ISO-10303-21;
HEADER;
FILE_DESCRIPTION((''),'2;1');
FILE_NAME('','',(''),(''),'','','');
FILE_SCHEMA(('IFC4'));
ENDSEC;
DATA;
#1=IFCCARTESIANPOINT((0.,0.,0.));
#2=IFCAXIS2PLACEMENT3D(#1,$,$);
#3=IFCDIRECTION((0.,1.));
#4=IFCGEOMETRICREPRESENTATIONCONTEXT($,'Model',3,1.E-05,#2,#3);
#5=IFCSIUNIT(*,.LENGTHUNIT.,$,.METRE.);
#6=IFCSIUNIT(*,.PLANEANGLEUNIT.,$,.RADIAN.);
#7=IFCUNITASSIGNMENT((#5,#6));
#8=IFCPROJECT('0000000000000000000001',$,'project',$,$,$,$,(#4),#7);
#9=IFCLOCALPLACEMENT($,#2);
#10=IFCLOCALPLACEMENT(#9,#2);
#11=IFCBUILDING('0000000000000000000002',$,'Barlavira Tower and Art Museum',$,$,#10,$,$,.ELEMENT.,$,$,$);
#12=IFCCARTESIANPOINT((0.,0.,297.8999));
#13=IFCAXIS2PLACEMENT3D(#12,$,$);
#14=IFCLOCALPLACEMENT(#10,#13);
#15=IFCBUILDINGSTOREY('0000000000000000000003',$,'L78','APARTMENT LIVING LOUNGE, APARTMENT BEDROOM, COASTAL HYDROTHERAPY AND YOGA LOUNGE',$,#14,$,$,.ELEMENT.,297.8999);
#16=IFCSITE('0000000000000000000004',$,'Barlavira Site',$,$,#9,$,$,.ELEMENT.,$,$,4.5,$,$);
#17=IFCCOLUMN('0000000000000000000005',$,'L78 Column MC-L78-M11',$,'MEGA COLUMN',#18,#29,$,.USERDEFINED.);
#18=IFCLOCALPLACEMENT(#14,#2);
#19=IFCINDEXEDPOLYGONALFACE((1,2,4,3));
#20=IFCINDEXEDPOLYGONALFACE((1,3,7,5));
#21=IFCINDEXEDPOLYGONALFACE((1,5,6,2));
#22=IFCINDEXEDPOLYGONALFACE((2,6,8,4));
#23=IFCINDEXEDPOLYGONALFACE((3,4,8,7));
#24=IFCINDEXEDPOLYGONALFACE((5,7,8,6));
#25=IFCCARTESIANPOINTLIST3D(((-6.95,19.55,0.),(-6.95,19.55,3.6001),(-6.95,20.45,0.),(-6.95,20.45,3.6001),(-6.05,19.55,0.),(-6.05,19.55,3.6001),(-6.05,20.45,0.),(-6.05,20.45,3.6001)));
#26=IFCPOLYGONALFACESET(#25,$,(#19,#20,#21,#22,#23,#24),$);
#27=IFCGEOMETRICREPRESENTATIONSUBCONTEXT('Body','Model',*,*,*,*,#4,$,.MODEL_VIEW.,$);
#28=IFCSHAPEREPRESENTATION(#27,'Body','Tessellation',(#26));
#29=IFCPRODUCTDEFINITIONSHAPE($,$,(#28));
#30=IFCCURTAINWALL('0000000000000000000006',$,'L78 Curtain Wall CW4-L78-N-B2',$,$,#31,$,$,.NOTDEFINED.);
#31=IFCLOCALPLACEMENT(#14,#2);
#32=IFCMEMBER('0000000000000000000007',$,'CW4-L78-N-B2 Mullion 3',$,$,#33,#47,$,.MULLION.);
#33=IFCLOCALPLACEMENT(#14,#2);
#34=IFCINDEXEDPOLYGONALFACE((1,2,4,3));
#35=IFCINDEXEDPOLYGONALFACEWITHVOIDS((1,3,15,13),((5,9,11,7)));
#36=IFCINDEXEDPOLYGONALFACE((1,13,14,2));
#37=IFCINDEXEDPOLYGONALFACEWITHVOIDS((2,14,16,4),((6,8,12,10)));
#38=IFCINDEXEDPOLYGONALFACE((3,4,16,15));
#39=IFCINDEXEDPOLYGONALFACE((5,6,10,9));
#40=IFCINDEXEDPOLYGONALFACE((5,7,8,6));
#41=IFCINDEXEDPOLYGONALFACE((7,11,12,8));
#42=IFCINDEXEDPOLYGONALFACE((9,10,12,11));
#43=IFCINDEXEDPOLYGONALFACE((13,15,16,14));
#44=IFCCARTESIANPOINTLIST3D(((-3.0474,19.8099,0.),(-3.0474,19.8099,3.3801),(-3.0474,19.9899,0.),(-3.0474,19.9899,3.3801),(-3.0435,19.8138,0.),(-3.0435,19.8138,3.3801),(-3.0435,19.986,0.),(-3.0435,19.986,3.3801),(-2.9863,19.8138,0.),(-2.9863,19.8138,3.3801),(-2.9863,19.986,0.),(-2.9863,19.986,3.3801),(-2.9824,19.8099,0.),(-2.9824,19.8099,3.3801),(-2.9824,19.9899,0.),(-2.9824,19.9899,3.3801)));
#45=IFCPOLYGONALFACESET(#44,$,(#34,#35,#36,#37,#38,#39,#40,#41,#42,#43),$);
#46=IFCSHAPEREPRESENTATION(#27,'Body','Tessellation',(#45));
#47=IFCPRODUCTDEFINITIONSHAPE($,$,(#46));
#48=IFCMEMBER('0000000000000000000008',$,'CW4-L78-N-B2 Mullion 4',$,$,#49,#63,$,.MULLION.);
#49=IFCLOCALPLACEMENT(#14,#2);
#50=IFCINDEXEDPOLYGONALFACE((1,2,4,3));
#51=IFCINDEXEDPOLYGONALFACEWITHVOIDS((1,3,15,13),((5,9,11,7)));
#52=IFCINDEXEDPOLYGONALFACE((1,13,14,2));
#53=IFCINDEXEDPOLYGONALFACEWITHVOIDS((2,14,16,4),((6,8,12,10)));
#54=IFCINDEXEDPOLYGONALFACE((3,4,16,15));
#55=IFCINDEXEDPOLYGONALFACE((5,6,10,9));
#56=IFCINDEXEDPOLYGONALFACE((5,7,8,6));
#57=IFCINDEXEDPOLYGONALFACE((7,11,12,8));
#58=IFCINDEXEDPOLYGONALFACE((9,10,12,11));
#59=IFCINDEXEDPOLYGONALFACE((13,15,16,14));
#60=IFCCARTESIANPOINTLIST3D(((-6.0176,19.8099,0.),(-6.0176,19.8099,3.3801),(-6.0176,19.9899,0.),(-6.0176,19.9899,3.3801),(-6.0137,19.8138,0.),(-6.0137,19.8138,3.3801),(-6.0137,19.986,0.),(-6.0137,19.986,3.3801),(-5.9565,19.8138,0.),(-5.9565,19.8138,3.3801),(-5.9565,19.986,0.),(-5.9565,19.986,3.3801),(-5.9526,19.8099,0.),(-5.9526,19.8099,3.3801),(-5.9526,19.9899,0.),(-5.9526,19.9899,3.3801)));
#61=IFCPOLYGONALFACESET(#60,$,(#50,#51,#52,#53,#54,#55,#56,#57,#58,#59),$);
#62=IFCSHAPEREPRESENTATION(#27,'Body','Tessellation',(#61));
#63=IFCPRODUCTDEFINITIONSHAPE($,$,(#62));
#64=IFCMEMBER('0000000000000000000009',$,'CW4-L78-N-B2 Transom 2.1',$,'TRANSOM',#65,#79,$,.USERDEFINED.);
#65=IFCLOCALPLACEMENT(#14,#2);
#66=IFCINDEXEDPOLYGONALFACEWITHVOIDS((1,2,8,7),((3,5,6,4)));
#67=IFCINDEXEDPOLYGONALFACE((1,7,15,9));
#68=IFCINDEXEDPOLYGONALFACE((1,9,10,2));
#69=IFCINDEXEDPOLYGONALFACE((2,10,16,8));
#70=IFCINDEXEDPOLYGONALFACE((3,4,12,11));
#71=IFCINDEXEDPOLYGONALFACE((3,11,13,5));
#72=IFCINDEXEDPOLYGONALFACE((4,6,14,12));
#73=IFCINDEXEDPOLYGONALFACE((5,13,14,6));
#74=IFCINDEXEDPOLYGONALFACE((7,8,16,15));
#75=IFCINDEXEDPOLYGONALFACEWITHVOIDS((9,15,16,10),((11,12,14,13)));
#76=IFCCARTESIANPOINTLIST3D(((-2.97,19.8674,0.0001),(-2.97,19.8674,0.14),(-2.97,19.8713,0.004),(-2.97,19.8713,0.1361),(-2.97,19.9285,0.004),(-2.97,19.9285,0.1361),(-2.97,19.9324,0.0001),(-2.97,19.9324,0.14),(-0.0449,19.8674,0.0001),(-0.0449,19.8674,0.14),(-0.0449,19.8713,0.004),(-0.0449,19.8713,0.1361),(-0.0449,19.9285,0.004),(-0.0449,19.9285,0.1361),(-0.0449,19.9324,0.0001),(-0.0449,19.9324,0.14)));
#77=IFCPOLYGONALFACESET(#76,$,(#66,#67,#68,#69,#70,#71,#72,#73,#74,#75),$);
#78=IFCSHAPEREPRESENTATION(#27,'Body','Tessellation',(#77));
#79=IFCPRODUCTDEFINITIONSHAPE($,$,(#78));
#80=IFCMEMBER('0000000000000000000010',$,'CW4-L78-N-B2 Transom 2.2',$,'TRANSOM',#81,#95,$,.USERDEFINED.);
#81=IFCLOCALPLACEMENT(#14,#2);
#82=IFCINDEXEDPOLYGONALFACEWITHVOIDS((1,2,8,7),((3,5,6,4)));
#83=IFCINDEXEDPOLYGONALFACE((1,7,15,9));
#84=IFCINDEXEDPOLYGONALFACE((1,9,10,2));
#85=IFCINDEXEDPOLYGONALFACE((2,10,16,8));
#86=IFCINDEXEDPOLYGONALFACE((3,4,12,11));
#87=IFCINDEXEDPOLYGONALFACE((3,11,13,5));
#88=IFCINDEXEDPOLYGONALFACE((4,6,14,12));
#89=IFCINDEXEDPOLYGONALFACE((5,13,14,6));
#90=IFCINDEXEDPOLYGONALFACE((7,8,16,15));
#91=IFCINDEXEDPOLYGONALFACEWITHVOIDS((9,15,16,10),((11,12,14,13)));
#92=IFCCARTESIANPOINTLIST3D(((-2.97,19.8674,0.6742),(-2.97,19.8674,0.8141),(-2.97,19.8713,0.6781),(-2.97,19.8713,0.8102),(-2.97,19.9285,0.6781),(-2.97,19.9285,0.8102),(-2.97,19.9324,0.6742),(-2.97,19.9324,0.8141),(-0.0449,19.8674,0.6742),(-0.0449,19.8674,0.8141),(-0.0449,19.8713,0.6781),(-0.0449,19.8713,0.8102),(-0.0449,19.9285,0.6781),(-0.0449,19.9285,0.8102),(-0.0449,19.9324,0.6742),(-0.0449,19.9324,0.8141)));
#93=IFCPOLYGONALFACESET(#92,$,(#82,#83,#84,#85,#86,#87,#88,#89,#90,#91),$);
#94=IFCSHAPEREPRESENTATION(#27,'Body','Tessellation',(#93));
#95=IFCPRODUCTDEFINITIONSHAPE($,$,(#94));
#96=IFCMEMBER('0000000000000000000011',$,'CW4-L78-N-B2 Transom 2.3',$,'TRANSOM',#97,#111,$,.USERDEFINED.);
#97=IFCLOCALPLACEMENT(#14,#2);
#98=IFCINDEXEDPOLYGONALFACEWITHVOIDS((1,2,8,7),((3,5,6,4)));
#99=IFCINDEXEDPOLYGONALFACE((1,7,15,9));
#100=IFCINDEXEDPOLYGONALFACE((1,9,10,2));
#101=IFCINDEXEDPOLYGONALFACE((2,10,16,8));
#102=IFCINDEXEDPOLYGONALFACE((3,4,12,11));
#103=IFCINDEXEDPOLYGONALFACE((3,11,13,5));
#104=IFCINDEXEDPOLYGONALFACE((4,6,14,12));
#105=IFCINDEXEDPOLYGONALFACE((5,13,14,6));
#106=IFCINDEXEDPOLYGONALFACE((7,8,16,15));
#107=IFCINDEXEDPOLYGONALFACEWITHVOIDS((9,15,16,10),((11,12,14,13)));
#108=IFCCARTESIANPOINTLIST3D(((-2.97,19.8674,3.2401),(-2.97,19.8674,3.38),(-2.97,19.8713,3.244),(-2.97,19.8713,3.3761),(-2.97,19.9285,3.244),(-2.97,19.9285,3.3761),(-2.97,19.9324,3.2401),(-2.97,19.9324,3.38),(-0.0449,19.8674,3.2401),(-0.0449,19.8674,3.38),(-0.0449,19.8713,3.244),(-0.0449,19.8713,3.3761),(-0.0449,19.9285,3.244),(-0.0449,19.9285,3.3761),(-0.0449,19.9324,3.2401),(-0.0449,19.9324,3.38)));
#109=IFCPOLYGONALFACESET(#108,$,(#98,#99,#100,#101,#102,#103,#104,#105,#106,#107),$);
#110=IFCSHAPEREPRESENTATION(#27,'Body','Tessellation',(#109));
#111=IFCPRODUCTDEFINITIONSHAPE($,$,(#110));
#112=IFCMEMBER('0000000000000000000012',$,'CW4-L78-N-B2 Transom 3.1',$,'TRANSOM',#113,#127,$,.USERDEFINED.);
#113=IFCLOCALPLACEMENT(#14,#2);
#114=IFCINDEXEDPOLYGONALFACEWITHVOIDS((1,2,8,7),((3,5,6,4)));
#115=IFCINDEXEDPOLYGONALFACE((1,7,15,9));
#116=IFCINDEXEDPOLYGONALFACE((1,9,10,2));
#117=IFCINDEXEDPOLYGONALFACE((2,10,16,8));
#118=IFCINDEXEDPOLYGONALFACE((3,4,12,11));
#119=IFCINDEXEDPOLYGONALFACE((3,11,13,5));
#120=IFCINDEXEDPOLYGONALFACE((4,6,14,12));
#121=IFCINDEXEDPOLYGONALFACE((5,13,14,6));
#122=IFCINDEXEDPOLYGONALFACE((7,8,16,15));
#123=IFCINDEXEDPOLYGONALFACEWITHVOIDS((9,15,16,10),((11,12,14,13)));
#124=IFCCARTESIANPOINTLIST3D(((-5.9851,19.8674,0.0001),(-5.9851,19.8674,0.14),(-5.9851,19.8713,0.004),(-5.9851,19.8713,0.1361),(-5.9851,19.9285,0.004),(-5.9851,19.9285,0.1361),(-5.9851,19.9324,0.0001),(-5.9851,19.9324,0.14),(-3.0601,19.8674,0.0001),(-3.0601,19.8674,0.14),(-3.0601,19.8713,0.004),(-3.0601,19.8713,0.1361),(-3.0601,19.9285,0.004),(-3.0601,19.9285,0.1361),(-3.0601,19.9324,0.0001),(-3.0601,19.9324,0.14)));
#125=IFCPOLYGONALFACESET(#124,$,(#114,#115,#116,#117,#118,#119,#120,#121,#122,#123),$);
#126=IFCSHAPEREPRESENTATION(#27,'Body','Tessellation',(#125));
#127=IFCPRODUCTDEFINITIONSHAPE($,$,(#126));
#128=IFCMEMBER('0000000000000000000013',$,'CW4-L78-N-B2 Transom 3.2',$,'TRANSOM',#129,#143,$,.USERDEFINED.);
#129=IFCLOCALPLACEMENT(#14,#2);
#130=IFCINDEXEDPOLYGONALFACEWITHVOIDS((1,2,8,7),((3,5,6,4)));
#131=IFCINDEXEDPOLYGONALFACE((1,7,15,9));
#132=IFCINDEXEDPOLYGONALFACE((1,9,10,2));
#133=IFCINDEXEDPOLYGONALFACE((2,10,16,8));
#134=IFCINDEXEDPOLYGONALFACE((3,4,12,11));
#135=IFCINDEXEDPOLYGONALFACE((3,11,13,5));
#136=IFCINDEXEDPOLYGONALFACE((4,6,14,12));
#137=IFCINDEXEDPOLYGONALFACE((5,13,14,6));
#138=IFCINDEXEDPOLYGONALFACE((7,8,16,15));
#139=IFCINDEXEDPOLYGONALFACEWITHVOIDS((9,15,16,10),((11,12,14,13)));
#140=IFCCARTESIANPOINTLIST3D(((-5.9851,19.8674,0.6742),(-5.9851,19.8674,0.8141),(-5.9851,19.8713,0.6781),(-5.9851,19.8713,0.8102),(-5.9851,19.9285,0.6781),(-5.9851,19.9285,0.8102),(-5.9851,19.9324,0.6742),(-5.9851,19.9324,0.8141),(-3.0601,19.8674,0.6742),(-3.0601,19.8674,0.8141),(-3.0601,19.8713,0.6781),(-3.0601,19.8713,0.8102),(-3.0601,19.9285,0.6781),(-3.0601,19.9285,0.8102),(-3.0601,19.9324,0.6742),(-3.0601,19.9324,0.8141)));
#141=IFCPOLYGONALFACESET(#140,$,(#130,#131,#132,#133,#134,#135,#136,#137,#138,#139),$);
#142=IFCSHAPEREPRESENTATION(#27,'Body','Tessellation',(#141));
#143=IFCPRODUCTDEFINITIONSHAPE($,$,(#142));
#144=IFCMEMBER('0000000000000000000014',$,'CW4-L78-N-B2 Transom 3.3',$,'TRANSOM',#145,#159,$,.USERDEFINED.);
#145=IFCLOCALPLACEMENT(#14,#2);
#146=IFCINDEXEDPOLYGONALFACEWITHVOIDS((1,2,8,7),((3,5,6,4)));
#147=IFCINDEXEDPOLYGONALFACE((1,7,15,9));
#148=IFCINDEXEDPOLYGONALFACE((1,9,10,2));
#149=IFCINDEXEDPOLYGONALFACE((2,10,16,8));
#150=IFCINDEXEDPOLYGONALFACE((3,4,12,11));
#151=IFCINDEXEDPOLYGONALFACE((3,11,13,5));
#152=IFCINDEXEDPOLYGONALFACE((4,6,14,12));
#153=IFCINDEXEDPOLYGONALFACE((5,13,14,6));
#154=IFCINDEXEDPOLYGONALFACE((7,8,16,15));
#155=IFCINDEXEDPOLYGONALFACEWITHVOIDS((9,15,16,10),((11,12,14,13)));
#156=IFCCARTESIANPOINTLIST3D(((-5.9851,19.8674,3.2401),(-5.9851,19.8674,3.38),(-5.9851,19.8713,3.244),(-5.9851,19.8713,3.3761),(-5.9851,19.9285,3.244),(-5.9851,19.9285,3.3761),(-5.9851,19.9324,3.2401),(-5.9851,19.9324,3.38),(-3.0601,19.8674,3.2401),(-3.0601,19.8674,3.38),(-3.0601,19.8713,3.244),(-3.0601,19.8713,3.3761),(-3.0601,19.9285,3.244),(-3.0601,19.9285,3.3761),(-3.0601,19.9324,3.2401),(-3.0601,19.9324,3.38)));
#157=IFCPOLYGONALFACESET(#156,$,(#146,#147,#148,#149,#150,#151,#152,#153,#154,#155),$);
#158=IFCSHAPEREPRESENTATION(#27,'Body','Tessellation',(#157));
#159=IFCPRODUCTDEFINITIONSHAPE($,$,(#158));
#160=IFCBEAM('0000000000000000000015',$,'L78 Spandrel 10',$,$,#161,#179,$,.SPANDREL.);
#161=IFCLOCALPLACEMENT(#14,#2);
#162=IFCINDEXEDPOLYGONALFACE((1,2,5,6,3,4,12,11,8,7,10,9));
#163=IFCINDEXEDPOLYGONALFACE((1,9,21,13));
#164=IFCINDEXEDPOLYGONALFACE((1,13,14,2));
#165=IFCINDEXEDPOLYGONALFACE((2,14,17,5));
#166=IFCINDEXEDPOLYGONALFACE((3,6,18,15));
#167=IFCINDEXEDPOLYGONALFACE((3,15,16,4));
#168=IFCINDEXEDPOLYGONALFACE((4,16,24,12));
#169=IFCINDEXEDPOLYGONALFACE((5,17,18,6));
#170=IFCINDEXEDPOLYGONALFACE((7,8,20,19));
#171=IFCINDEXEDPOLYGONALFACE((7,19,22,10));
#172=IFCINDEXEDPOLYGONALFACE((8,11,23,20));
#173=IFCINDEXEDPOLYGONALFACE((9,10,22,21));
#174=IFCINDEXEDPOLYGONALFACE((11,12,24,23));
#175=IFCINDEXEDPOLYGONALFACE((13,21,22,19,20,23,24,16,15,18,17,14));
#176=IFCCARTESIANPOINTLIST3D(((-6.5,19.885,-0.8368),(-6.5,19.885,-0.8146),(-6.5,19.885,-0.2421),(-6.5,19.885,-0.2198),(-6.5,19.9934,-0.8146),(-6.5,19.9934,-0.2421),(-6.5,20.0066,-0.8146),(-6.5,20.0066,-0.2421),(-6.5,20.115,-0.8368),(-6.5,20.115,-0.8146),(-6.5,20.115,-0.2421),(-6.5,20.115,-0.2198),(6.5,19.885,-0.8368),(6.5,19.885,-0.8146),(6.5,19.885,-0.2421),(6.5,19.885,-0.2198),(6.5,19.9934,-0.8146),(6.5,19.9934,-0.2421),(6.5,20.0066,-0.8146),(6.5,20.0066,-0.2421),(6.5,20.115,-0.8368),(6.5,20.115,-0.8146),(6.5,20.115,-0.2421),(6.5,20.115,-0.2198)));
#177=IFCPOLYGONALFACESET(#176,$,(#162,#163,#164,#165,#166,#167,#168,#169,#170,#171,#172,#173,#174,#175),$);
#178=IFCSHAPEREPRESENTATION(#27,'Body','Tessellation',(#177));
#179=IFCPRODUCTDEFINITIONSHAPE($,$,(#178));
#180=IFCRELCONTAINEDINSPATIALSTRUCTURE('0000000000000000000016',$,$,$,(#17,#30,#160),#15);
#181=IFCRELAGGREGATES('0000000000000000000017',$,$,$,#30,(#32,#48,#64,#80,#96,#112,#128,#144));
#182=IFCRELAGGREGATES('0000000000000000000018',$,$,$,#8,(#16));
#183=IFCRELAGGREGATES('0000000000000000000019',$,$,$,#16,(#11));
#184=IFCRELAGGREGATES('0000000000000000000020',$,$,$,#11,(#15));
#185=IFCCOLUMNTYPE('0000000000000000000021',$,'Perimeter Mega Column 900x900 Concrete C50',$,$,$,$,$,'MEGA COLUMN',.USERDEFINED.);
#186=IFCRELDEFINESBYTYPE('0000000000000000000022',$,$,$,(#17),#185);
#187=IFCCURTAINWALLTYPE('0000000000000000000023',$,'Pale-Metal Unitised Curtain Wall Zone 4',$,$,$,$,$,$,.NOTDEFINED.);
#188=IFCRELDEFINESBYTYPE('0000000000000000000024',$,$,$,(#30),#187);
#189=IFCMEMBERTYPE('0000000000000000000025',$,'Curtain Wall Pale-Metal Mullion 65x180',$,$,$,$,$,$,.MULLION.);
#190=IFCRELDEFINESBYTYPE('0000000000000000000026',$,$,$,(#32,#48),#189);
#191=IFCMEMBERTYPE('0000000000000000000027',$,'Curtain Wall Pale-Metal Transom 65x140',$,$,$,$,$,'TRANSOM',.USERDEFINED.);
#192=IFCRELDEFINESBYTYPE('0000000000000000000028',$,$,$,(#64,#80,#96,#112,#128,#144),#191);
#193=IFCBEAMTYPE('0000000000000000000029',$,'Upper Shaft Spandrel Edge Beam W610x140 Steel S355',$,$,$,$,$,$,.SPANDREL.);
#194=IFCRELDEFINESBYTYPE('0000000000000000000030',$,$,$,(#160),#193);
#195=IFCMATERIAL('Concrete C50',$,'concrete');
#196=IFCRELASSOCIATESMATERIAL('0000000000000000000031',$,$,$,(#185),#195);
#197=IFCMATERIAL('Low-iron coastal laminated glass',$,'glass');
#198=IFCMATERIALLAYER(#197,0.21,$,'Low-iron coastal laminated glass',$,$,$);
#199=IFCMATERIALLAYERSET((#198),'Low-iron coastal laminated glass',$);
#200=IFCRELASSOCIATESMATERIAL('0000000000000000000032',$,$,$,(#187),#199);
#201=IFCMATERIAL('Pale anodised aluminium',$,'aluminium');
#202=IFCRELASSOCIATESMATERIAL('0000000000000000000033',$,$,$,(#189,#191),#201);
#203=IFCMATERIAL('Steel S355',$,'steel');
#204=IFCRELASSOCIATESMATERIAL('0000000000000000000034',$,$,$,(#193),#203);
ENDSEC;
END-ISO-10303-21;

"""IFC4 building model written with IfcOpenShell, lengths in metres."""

from ifc_helpers import new_model, si_unit, direction, frame, origin, origin_2d, place, context, subcontext, project, spatial, rectangle, hollow_rectangle, i_section, extrude, material, layer, layer_set, material_profile, profile_set, type_object, element, aggregate, save


model = new_model("IFC4")

# Units and contexts
model_context = context("Model", 3, precision=1e-05, world=origin(), true_north=direction((0.0, 1.0)))
body_context = subcontext(model_context, "Body", "Model", "MODEL_VIEW")
ifc_project = project(units=[si_unit("LENGTHUNIT", "METRE"), si_unit("PLANEANGLEUNIT", "RADIAN")], contexts=[model_context])

# Site, building, storey
site_placement = place(None, origin())
site = spatial("IfcSite", under=ifc_project, at=site_placement, Name="Barlavira Site", CompositionType="ELEMENT", RefElevation=4.5)
building_placement = place(site_placement, origin())
building = spatial("IfcBuilding", under=site, at=building_placement, Name="Barlavira Tower and Art Museum", CompositionType="ELEMENT")
storey_placement = place(building_placement, frame((0.0, 0.0, 297.8999)))
storey = spatial("IfcBuildingStorey", under=building, at=storey_placement, Name="L78", Description="APARTMENT LIVING LOUNGE, APARTMENT BEDROOM, COASTAL HYDROTHERAPY AND YOGA LOUNGE", CompositionType="ELEMENT", Elevation=297.8999)

# Column
ifc_material_1 = material(Name="Concrete C50", Category="concrete")
ifc_material_profile_1 = material_profile(ifc_material_1, rectangle(XDim=0.8999, YDim=0.8999, at=origin_2d()), Name="RC-COL 900x900")
ifc_profile_set_1 = profile_set([ifc_material_profile_1], Name="Concrete C50")
column_type = type_object("IfcColumnType", Name="Perimeter Mega Column 900x900 Concrete C50", ElementType="MEGA COLUMN", PredefinedType="USERDEFINED", material=ifc_profile_set_1)
column_placement = place(storey_placement, frame((-6.5, 20.0, 0.0), z_axis=(0.0, 0.0, 1.0), x_axis=(1.0, 0.0, 0.0)))
element("IfcColumn", 1, at=column_placement, inside=storey, type_object=column_type, Name="L78 Column MC-L78-M11", ObjectType="MEGA COLUMN", PredefinedType="USERDEFINED", context=body_context, shape_type="SweptSolid", body=[
    extrude(rectangle(XDim=0.8999, YDim=0.8999, at=origin_2d()), origin(), (0.0, 0.0, 1.0), 3.6001),
])

# Curtain wall, members
ifc_material_2 = material(Name="Low-iron coastal laminated glass", Category="glass")
ifc_layer_1 = layer(ifc_material_2, 0.21, Name="Low-iron coastal laminated glass")
ifc_layer_set_1 = layer_set([ifc_layer_1], Name="Low-iron coastal laminated glass")
curtain_wall_type = type_object("IfcCurtainWallType", Name="Pale-Metal Unitised Curtain Wall Zone 4", PredefinedType="NOTDEFINED", material=ifc_layer_set_1)
curtain_wall_placement = place(storey_placement, origin())
curtain_wall = element("IfcCurtainWall", 2, at=curtain_wall_placement, inside=storey, type_object=curtain_wall_type, Name="L78 Curtain Wall CW4-L78-N-B2", PredefinedType="NOTDEFINED")
ifc_material_3 = material(Name="Pale anodised aluminium", Category="aluminium")
ifc_material_profile_2 = material_profile(ifc_material_3, hollow_rectangle(XDim=0.0649, YDim=0.1799, WallThickness=0.0039, at=origin_2d()), Name="ALU-MULL 65x180x4")
ifc_profile_set_2 = profile_set([ifc_material_profile_2], Name="Pale anodised aluminium")
member_type_1 = type_object("IfcMemberType", Name="Curtain Wall Pale-Metal Mullion 65x180", PredefinedType="MULLION", material=ifc_profile_set_2)
member_1_placement = place(storey_placement, frame((-3.0149, 19.8999, 0.0), z_axis=(0.0, 0.0, 1.0), x_axis=(-1.0, 0.0, 0.0)))
member_1 = element("IfcMember", 3, at=member_1_placement, type_object=member_type_1, Name="CW4-L78-N-B2 Mullion 3", PredefinedType="MULLION", context=body_context, shape_type="SweptSolid", body=[
    extrude(hollow_rectangle(XDim=0.0649, YDim=0.1799, WallThickness=0.0039, at=origin_2d()), origin(), (0.0, 0.0, 1.0), 3.3801),
])
member_2_placement = place(storey_placement, frame((-5.9851, 19.8999, 0.0), z_axis=(0.0, 0.0, 1.0), x_axis=(-1.0, 0.0, 0.0)))
member_2 = element("IfcMember", 4, at=member_2_placement, type_object=member_type_1, Name="CW4-L78-N-B2 Mullion 4", PredefinedType="MULLION", context=body_context, shape_type="SweptSolid", body=[
    extrude(hollow_rectangle(XDim=0.0649, YDim=0.1799, WallThickness=0.0039, at=origin_2d()), origin(), (0.0, 0.0, 1.0), 3.3801),
])
ifc_material_profile_3 = material_profile(ifc_material_3, hollow_rectangle(XDim=0.0649, YDim=0.1399, WallThickness=0.0039, at=origin_2d()), Name="ALU-TRAN 65x140x4")
ifc_profile_set_3 = profile_set([ifc_material_profile_3], Name="Pale anodised aluminium")
member_type_2 = type_object("IfcMemberType", Name="Curtain Wall Pale-Metal Transom 65x140", ElementType="TRANSOM", PredefinedType="USERDEFINED", material=ifc_profile_set_3)
member_3_placement = place(storey_placement, frame((-0.0449, 19.8999, 0.0701), z_axis=(-1.0, 0.0, 0.0), x_axis=(0.0, -1.0, 0.0)))
member_3 = element("IfcMember", 5, at=member_3_placement, type_object=member_type_2, Name="CW4-L78-N-B2 Transom 2.1", ObjectType="TRANSOM", PredefinedType="USERDEFINED", context=body_context, shape_type="SweptSolid", body=[
    extrude(hollow_rectangle(XDim=0.0649, YDim=0.1399, WallThickness=0.0039, at=origin_2d()), origin(), (0.0, 0.0, 1.0), 2.925),
])
member_4_placement = place(storey_placement, frame((-0.0449, 19.8999, 0.7441), z_axis=(-1.0, 0.0, 0.0), x_axis=(0.0, -1.0, 0.0)))
member_4 = element("IfcMember", 6, at=member_4_placement, type_object=member_type_2, Name="CW4-L78-N-B2 Transom 2.2", ObjectType="TRANSOM", PredefinedType="USERDEFINED", context=body_context, shape_type="SweptSolid", body=[
    extrude(hollow_rectangle(XDim=0.0649, YDim=0.1399, WallThickness=0.0039, at=origin_2d()), origin(), (0.0, 0.0, 1.0), 2.925),
])
member_5_placement = place(storey_placement, frame((-0.0449, 19.8999, 3.3101), z_axis=(-1.0, 0.0, 0.0), x_axis=(0.0, -1.0, 0.0)))
member_5 = element("IfcMember", 7, at=member_5_placement, type_object=member_type_2, Name="CW4-L78-N-B2 Transom 2.3", ObjectType="TRANSOM", PredefinedType="USERDEFINED", context=body_context, shape_type="SweptSolid", body=[
    extrude(hollow_rectangle(XDim=0.0649, YDim=0.1399, WallThickness=0.0039, at=origin_2d()), origin(), (0.0, 0.0, 1.0), 2.925),
])
member_6_placement = place(storey_placement, frame((-3.0601, 19.8999, 0.0701), z_axis=(-1.0, 0.0, 0.0), x_axis=(0.0, -1.0, 0.0)))
member_6 = element("IfcMember", 8, at=member_6_placement, type_object=member_type_2, Name="CW4-L78-N-B2 Transom 3.1", ObjectType="TRANSOM", PredefinedType="USERDEFINED", context=body_context, shape_type="SweptSolid", body=[
    extrude(hollow_rectangle(XDim=0.0649, YDim=0.1399, WallThickness=0.0039, at=origin_2d()), origin(), (0.0, 0.0, 1.0), 2.925),
])
member_7_placement = place(storey_placement, frame((-3.0601, 19.8999, 0.7441), z_axis=(-1.0, 0.0, 0.0), x_axis=(0.0, -1.0, 0.0)))
member_7 = element("IfcMember", 9, at=member_7_placement, type_object=member_type_2, Name="CW4-L78-N-B2 Transom 3.2", ObjectType="TRANSOM", PredefinedType="USERDEFINED", context=body_context, shape_type="SweptSolid", body=[
    extrude(hollow_rectangle(XDim=0.0649, YDim=0.1399, WallThickness=0.0039, at=origin_2d()), origin(), (0.0, 0.0, 1.0), 2.925),
])
member_8_placement = place(storey_placement, frame((-3.0601, 19.8999, 3.3101), z_axis=(-1.0, 0.0, 0.0), x_axis=(0.0, -1.0, 0.0)))
member_8 = element("IfcMember", 10, at=member_8_placement, type_object=member_type_2, Name="CW4-L78-N-B2 Transom 3.3", ObjectType="TRANSOM", PredefinedType="USERDEFINED", context=body_context, shape_type="SweptSolid", body=[
    extrude(hollow_rectangle(XDim=0.0649, YDim=0.1399, WallThickness=0.0039, at=origin_2d()), origin(), (0.0, 0.0, 1.0), 2.925),
])

# Beam
ifc_material_4 = material(Name="Steel S355", Category="steel")
ifc_material_profile_4 = material_profile(ifc_material_4, i_section(OverallWidth=0.23, OverallDepth=0.6169, WebThickness=0.0132, FlangeThickness=0.0222, at=origin_2d()), Name="W610x140.0")
ifc_profile_set_4 = profile_set([ifc_material_profile_4], Name="Steel S355")
beam_type_1 = type_object("IfcBeamType", Name="Upper Shaft Spandrel Edge Beam W610x140 Steel S355", PredefinedType="SPANDREL", material=ifc_profile_set_4)
beam_1_placement = place(storey_placement, frame((-6.5, 20.0, -0.5283), z_axis=(1.0, 0.0, 0.0), x_axis=(0.0, 1.0, 0.0)))
element("IfcBeam", 11, at=beam_1_placement, inside=storey, type_object=beam_type_1, Name="L78 Spandrel 10", PredefinedType="SPANDREL", context=body_context, shape_type="SweptSolid", body=[
    extrude(i_section(OverallWidth=0.23, OverallDepth=0.6169, WebThickness=0.0132, FlangeThickness=0.0222, at=origin_2d()), origin(), (0.0, 0.0, 1.0), 13.0),
])

aggregate(curtain_wall, [member_1, member_2, member_3, member_4, member_5, member_6, member_7, member_8])

save(model, "model.ifc")
